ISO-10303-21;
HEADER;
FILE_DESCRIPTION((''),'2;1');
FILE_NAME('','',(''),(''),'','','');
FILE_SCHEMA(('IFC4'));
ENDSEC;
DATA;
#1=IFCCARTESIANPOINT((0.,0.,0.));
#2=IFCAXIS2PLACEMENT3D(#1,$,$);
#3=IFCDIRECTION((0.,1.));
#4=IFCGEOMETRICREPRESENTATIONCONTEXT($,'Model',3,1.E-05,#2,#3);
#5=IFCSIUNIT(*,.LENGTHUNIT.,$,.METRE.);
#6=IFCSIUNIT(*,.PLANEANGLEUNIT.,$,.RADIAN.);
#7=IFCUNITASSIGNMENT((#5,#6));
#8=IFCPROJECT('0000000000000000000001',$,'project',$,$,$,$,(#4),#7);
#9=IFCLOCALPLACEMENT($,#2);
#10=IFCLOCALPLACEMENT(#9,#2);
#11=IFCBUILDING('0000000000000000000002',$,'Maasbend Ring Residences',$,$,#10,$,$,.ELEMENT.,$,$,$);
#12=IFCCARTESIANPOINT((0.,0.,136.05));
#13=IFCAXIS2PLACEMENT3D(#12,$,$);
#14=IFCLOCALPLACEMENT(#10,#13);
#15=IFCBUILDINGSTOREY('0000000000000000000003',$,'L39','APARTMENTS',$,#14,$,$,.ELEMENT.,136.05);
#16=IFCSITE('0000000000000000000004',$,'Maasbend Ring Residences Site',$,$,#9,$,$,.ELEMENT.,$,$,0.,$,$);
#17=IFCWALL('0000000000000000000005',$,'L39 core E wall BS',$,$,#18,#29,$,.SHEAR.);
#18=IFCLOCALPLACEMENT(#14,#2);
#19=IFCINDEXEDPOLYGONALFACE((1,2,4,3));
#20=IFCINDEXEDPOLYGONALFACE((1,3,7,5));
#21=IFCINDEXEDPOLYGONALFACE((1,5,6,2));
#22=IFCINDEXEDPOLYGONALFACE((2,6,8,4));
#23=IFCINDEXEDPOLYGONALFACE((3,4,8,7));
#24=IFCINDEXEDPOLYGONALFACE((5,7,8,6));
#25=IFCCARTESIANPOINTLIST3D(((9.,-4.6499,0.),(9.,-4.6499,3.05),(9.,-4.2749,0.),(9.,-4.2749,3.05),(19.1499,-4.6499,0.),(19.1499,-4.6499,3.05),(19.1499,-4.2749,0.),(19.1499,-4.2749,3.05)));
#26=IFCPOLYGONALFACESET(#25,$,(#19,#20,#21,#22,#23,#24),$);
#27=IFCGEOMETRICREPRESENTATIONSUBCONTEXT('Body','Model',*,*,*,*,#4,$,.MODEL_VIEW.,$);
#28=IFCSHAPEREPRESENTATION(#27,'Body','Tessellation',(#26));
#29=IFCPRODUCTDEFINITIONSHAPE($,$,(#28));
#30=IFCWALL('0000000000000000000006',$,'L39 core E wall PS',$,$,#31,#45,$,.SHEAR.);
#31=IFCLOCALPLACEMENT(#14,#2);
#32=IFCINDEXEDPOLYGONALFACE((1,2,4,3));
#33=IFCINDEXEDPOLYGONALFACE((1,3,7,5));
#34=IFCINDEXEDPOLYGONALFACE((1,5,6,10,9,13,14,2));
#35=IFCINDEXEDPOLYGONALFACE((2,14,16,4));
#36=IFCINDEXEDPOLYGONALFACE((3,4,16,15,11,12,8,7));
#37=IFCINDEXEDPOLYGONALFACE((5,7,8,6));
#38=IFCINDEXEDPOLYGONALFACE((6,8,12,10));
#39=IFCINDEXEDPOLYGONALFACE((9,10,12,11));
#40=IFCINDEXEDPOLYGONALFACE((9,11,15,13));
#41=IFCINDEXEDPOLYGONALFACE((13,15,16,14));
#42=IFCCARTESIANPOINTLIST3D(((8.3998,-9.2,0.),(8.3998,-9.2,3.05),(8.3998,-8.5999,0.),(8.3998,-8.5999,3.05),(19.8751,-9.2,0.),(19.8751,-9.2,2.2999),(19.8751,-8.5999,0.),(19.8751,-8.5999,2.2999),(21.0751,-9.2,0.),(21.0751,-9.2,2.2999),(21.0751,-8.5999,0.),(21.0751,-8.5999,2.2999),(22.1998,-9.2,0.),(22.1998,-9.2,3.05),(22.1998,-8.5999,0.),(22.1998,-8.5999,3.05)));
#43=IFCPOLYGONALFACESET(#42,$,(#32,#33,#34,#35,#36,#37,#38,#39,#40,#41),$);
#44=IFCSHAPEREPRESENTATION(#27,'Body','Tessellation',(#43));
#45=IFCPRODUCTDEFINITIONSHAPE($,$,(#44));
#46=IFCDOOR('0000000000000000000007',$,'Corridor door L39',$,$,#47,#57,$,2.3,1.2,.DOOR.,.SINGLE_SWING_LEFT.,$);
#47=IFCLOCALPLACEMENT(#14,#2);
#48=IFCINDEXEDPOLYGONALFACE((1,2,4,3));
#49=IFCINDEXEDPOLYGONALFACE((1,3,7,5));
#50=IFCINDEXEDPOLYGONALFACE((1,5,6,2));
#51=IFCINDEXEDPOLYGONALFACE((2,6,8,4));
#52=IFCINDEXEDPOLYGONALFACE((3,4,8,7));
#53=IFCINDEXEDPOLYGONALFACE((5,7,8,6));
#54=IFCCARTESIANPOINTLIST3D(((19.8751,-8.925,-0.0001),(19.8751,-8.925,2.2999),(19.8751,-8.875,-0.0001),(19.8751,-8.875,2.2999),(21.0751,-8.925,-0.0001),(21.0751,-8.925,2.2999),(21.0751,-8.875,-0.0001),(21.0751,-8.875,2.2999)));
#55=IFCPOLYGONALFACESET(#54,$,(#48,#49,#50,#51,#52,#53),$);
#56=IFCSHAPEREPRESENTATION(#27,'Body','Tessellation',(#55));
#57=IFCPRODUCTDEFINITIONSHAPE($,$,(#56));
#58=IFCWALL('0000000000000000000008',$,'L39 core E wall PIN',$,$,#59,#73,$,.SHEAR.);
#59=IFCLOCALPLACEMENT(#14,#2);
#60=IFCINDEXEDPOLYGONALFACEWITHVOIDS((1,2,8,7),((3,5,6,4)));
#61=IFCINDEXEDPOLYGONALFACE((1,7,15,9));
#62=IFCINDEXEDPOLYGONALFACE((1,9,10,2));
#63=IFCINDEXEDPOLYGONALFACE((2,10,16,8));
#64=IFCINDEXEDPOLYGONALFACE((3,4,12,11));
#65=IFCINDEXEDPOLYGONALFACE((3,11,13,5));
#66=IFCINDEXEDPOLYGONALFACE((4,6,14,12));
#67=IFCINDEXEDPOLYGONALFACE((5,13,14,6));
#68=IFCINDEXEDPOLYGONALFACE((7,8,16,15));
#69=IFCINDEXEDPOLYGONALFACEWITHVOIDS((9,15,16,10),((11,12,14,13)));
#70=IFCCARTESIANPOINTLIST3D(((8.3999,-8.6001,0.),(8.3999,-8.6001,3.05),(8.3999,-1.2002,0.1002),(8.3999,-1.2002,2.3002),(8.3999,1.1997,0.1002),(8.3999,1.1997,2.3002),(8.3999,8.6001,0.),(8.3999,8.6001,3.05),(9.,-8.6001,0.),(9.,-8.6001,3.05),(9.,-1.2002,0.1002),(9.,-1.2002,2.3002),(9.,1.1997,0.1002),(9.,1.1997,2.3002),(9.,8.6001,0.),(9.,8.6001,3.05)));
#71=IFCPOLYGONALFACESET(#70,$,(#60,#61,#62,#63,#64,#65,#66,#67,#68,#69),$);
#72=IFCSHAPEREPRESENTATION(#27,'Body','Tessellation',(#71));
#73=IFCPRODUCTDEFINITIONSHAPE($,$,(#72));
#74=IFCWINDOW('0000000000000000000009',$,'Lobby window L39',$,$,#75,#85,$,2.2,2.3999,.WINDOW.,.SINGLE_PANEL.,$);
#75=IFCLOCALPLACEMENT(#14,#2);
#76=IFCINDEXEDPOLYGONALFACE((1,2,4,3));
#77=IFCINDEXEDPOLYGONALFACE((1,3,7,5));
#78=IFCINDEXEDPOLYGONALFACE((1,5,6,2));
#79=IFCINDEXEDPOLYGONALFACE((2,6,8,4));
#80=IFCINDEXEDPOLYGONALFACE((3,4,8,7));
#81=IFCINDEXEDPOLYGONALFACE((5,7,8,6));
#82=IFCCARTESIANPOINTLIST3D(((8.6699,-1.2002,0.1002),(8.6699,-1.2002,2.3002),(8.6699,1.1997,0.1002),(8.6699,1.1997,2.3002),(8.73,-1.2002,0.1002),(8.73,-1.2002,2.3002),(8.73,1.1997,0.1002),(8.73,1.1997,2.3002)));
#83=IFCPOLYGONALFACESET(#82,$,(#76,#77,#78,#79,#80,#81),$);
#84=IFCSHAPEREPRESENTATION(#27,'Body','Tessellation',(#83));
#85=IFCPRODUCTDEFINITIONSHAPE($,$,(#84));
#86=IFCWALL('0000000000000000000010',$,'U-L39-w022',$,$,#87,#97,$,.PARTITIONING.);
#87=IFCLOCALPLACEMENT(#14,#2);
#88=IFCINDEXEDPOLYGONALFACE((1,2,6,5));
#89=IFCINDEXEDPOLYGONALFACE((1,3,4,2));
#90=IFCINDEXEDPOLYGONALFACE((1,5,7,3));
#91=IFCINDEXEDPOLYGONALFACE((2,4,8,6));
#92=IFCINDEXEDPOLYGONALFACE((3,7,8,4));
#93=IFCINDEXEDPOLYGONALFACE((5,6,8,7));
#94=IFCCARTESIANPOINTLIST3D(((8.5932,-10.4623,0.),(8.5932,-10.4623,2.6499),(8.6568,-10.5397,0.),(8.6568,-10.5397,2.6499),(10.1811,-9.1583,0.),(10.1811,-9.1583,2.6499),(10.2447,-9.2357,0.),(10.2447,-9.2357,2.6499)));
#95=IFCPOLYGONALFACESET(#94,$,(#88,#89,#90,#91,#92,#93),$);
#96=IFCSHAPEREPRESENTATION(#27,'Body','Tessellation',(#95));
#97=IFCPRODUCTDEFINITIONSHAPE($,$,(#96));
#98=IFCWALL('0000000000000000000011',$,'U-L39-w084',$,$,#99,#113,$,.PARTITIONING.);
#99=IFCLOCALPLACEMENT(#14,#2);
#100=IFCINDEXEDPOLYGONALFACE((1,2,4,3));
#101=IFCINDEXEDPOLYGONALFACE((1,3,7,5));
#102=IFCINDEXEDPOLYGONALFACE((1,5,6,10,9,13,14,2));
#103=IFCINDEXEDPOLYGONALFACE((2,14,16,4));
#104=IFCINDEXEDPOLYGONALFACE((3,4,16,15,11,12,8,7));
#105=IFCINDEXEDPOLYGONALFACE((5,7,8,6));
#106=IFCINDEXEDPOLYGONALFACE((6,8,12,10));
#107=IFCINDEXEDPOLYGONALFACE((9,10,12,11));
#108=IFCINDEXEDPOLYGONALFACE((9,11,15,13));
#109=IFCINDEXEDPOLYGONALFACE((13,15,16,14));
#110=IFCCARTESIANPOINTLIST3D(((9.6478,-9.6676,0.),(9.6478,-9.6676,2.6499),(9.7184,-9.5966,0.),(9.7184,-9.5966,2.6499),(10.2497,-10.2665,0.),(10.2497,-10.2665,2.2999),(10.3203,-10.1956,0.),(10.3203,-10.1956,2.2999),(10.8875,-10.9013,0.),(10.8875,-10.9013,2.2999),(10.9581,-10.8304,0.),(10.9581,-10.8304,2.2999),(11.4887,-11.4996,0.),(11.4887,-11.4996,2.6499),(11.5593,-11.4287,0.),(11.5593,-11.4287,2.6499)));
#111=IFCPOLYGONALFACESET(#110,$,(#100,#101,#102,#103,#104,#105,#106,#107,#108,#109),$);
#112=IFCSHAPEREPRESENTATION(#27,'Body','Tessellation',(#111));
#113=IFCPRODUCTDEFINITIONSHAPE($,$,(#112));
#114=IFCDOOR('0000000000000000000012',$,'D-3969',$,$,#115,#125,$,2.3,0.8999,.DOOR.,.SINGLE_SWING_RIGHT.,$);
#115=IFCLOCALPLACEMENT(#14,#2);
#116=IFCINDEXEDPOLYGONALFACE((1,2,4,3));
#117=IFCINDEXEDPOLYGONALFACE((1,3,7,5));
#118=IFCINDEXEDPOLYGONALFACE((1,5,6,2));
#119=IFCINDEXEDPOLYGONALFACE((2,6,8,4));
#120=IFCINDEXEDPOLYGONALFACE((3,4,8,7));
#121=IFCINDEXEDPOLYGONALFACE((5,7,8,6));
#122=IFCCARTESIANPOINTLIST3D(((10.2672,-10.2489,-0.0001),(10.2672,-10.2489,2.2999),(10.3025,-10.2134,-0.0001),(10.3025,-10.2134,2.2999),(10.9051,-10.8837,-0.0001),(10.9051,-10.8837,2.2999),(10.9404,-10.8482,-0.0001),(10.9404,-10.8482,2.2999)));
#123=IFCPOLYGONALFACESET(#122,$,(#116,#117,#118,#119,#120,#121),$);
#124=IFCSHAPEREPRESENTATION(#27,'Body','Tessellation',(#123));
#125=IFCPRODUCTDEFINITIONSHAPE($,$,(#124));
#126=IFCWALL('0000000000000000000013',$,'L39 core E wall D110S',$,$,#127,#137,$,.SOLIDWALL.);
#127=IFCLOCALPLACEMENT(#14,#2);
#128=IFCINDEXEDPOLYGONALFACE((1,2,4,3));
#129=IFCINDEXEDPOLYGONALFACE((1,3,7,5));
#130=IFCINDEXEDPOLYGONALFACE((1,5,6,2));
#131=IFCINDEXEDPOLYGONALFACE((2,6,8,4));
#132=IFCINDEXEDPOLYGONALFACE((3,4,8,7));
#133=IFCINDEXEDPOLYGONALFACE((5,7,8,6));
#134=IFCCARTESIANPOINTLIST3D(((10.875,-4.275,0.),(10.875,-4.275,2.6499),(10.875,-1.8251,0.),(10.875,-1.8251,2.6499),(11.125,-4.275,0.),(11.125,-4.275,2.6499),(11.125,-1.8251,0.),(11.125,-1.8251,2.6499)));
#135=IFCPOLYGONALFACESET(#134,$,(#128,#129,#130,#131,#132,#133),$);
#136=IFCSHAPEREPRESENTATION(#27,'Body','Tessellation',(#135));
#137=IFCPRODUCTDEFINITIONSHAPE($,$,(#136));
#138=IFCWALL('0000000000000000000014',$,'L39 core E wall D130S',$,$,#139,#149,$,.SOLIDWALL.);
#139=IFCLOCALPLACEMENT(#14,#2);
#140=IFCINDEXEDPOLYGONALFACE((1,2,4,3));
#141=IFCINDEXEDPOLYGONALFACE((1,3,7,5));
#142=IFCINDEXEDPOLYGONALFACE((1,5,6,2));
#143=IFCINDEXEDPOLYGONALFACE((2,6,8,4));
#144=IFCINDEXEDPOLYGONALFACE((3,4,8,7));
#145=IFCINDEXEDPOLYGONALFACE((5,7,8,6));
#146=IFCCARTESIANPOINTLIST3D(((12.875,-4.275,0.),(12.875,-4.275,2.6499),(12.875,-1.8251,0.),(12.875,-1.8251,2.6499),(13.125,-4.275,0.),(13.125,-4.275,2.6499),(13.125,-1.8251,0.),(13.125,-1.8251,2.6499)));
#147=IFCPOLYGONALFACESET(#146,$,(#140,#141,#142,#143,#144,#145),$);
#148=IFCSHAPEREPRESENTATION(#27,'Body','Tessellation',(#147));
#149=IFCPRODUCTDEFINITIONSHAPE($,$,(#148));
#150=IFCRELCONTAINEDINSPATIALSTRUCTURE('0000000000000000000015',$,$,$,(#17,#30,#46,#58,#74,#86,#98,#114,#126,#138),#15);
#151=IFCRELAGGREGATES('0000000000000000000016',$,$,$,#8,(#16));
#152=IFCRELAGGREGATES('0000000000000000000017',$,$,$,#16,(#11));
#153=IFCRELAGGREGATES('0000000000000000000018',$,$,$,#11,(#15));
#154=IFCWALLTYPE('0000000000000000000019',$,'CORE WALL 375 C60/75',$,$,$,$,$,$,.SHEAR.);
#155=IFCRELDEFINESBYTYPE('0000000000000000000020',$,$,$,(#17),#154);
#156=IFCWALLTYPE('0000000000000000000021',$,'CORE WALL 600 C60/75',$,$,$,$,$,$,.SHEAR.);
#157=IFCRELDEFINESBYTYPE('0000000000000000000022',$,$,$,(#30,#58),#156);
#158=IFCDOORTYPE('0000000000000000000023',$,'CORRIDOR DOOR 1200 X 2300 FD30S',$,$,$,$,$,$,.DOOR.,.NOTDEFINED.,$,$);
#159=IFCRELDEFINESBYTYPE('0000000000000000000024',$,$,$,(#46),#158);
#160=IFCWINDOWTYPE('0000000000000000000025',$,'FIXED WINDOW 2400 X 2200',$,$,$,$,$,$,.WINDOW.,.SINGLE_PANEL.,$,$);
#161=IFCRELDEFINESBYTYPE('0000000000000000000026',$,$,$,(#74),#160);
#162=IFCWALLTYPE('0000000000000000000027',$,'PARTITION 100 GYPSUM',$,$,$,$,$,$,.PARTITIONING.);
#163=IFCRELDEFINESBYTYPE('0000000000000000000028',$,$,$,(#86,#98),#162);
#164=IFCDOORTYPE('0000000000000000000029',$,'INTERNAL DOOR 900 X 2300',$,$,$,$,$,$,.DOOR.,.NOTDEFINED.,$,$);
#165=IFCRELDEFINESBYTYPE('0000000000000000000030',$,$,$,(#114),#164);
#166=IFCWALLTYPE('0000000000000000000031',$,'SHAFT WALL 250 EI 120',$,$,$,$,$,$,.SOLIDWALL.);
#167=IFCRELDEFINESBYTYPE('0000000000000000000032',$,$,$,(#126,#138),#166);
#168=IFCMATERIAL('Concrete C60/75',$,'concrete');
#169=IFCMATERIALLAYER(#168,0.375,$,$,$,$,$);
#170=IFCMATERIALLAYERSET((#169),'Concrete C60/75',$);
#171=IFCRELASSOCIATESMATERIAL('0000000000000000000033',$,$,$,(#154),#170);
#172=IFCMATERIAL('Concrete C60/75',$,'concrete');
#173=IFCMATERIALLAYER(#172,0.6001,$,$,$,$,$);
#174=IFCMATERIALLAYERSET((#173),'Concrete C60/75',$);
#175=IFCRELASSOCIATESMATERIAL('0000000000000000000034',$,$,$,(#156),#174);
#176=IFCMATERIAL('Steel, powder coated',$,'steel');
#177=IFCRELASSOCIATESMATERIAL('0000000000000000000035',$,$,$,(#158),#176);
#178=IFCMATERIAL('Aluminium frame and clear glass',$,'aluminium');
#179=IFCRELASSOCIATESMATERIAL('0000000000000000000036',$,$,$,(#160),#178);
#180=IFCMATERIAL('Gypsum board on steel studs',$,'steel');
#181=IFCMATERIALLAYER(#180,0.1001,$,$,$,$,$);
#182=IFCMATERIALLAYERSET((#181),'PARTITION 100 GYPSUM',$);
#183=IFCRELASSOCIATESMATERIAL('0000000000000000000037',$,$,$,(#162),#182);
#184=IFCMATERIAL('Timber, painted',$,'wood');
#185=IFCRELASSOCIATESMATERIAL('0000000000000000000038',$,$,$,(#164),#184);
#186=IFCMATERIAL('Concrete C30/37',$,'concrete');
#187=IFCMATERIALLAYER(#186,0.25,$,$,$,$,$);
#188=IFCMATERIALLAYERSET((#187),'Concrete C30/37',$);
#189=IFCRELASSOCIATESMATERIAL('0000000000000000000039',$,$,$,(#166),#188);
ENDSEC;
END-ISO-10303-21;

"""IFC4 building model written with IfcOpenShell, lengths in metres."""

from ifc_helpers import new_model, si_unit, direction, frame, frame_2d, origin, place, context, subcontext, project, spatial, rectangle, extrude, material, layer, layer_set, type_object, element, fill, save


model = new_model("IFC4")

# Units and contexts
model_context = context("Model", 3, precision=1e-05, world=origin(), true_north=direction((0.0, 1.0)))
body_context = subcontext(model_context, "Body", "Model", "MODEL_VIEW")
ifc_project = project(units=[si_unit("LENGTHUNIT", "METRE"), si_unit("PLANEANGLEUNIT", "RADIAN")], contexts=[model_context])

# Site, building, storey
site_placement = place(None, origin())
site = spatial("IfcSite", under=ifc_project, at=site_placement, Name="Maasbend Ring Residences Site", CompositionType="ELEMENT", RefElevation=0.0)
building_placement = place(site_placement, origin())
building = spatial("IfcBuilding", under=site, at=building_placement, Name="Maasbend Ring Residences", CompositionType="ELEMENT")
storey_placement = place(building_placement, frame((0.0, 0.0, 136.05)))
storey = spatial("IfcBuildingStorey", under=building, at=storey_placement, Name="L39", Description="APARTMENTS", CompositionType="ELEMENT", Elevation=136.05)

# Wall
ifc_material_1 = material(Name="Concrete C60/75", Category="concrete")
ifc_layer_1 = layer(ifc_material_1, 0.375)
ifc_layer_set_1 = layer_set([ifc_layer_1], Name="Concrete C60/75")
wall_type_1 = type_object("IfcWallType", Name="CORE WALL 375 C60/75", PredefinedType="SHEAR", material=ifc_layer_set_1)
wall_1_placement = place(storey_placement, frame((9.0, -4.4624, 0.0), z_axis=(0.0, 0.0, 1.0), x_axis=(1.0, 0.0, 0.0)))
element("IfcWall", 1, at=wall_1_placement, inside=storey, type_object=wall_type_1, Name="L39 core E wall BS", PredefinedType="SHEAR", context=body_context, shape_type="SweptSolid", body=[
    extrude(rectangle(XDim=10.1499, YDim=0.375, at=frame_2d((5.075, 0.0))), origin(), (0.0, 0.0, 1.0), 3.05),
])

# Wall, opening, door
ifc_material_2 = material(Name="Concrete C60/75", Category="concrete")
ifc_layer_2 = layer(ifc_material_2, 0.6001)
ifc_layer_set_2 = layer_set([ifc_layer_2], Name="Concrete C60/75")
wall_type_2 = type_object("IfcWallType", Name="CORE WALL 600 C60/75", PredefinedType="SHEAR", material=ifc_layer_set_2)
wall_2_placement = place(storey_placement, frame((8.3999, -8.8999, 0.0), z_axis=(0.0, 0.0, 1.0), x_axis=(1.0, 0.0, 0.0)))
wall_2 = element("IfcWall", 2, at=wall_2_placement, inside=storey, type_object=wall_type_2, Name="L39 core E wall PS", PredefinedType="SHEAR", context=body_context, shape_type="SweptSolid", body=[
    extrude(rectangle(XDim=13.8, YDim=0.6001, at=frame_2d((6.8999, 0.0))), origin(), (0.0, 0.0, 1.0), 3.05),
])
opening_1_placement = place(wall_2_placement, frame((11.4751, 0.0, 0.0)))
opening_1 = element("IfcOpeningElement", 3, at=opening_1_placement, cuts=wall_2, PredefinedType="OPENING", context=body_context, shape_type="SweptSolid", body=[
    extrude(rectangle(XDim=1.2, YDim=2.3, at=frame_2d((0.6001, 1.1499))), frame((0.0, 0.3101, 0.0), z_axis=(0.0, -1.0, 0.0), x_axis=(1.0, 0.0, 0.0)), (0.0, 0.0, 1.0), 0.6201),
])
ifc_material_3 = material(Name="Steel, powder coated", Category="steel")
door_type_1 = type_object("IfcDoorType", Name="CORRIDOR DOOR 1200 X 2300 FD30S", OperationType="NOTDEFINED", PredefinedType="DOOR", material=ifc_material_3)
door_1_placement = place(opening_1_placement, origin())
door_1 = element("IfcDoor", 4, at=door_1_placement, inside=storey, type_object=door_type_1, Name="Corridor door L39", OperationType="SINGLE_SWING_LEFT", OverallHeight=2.3, OverallWidth=1.2, PredefinedType="DOOR", context=body_context, shape_type="SweptSolid", body=[
    extrude(rectangle(XDim=1.2, YDim=2.3, at=frame_2d((0.6001, 1.1499))), frame((0.0, 0.0249, 0.0), z_axis=(0.0, -1.0, 0.0), x_axis=(1.0, 0.0, 0.0)), (0.0, 0.0, 1.0), 0.05),
])
fill(opening_1, door_1)

# Wall, opening, window
wall_3_placement = place(storey_placement, frame((8.7, -8.6001, 0.0), z_axis=(0.0, 0.0, 1.0), x_axis=(0.0, 1.0, 0.0)))
wall_3 = element("IfcWall", 5, at=wall_3_placement, inside=storey, type_object=wall_type_2, Name="L39 core E wall PIN", PredefinedType="SHEAR", context=body_context, shape_type="SweptSolid", body=[
    extrude(rectangle(XDim=17.2002, YDim=0.6001, at=frame_2d((8.6001, 0.0))), origin(), (0.0, 0.0, 1.0), 3.05),
])
opening_2_placement = place(wall_3_placement, frame((7.3999, 0.0, 0.1001)))
opening_2 = element("IfcOpeningElement", 6, at=opening_2_placement, cuts=wall_3, PredefinedType="OPENING", context=body_context, shape_type="SweptSolid", body=[
    extrude(rectangle(XDim=2.3999, YDim=2.2, at=frame_2d((1.2, 1.1001))), frame((0.0, 0.3101, 0.0), z_axis=(0.0, -1.0, 0.0), x_axis=(1.0, 0.0, 0.0)), (0.0, 0.0, 1.0), 0.6201),
])
ifc_material_4 = material(Name="Aluminium frame and clear glass", Category="aluminium")
window_type = type_object("IfcWindowType", Name="FIXED WINDOW 2400 X 2200", PartitioningType="SINGLE_PANEL", PredefinedType="WINDOW", material=ifc_material_4)
window_placement = place(opening_2_placement, origin())
window = element("IfcWindow", 7, at=window_placement, inside=storey, type_object=window_type, Name="Lobby window L39", OverallHeight=2.2, OverallWidth=2.3999, PartitioningType="SINGLE_PANEL", PredefinedType="WINDOW", context=body_context, shape_type="SweptSolid", body=[
    extrude(rectangle(XDim=2.3999, YDim=2.2, at=frame_2d((1.2, 1.1001))), frame((0.0, 0.03, 0.0), z_axis=(0.0, -1.0, 0.0), x_axis=(1.0, 0.0, 0.0)), (0.0, 0.0, 1.0), 0.0601),
])
fill(opening_2, window)

# Wall
ifc_material_5 = material(Name="Gypsum board on steel studs", Category="steel")
ifc_layer_3 = layer(ifc_material_5, 0.1001)
ifc_layer_set_3 = layer_set([ifc_layer_3], Name="PARTITION 100 GYPSUM")
wall_type_3 = type_object("IfcWallType", Name="PARTITION 100 GYPSUM", PredefinedType="PARTITIONING", material=ifc_layer_set_3)
wall_4_placement = place(storey_placement, frame((8.625, -10.501, 0.0), z_axis=(0.0, 0.0, 1.0), x_axis=(0.772818, 0.634628, 0.0)))
element("IfcWall", 8, at=wall_4_placement, inside=storey, type_object=wall_type_3, Name="U-L39-w022", PredefinedType="PARTITIONING", context=body_context, shape_type="SweptSolid", body=[
    extrude(rectangle(XDim=2.0547, YDim=0.1001, at=frame_2d((1.0273, 0.0))), origin(), (0.0, 0.0, 1.0), 2.6499),
])

# Wall, opening, door
wall_5_placement = place(storey_placement, frame((9.6831, -9.6321, 0.0), z_axis=(0.0, 0.0, 1.0), x_axis=(0.708797, -0.705413, 0.0)))
wall_5 = element("IfcWall", 9, at=wall_5_placement, inside=storey, type_object=wall_type_3, Name="U-L39-w084", PredefinedType="PARTITIONING", context=body_context, shape_type="SweptSolid", body=[
    extrude(rectangle(XDim=2.5972, YDim=0.1001, at=frame_2d((1.2986, 0.0))), origin(), (0.0, 0.0, 1.0), 2.6499),
])
opening_3_placement = place(wall_5_placement, frame((0.8491, 0.0, 0.0)))
opening_3 = element("IfcOpeningElement", 10, at=opening_3_placement, cuts=wall_5, PredefinedType="OPENING", context=body_context, shape_type="SweptSolid", body=[
    extrude(rectangle(XDim=0.8999, YDim=2.3, at=frame_2d((0.45, 1.1499))), frame((0.0, 0.0601, 0.0), z_axis=(0.0, -1.0, 0.0), x_axis=(1.0, 0.0, 0.0)), (0.0, 0.0, 1.0), 0.1201),
])
ifc_material_6 = material(Name="Timber, painted", Category="wood")
door_type_2 = type_object("IfcDoorType", Name="INTERNAL DOOR 900 X 2300", OperationType="NOTDEFINED", PredefinedType="DOOR", material=ifc_material_6)
door_2_placement = place(opening_3_placement, origin())
door_2 = element("IfcDoor", 11, at=door_2_placement, inside=storey, type_object=door_type_2, Name="D-3969", OperationType="SINGLE_SWING_RIGHT", OverallHeight=2.3, OverallWidth=0.8999, PredefinedType="DOOR", context=body_context, shape_type="SweptSolid", body=[
    extrude(rectangle(XDim=0.8999, YDim=2.3, at=frame_2d((0.45, 1.1499))), frame((0.0, 0.0249, 0.0), z_axis=(0.0, -1.0, 0.0), x_axis=(1.0, 0.0, 0.0)), (0.0, 0.0, 1.0), 0.05),
])
fill(opening_3, door_2)

# Walls
ifc_material_7 = material(Name="Concrete C30/37", Category="concrete")
ifc_layer_4 = layer(ifc_material_7, 0.25)
ifc_layer_set_4 = layer_set([ifc_layer_4], Name="Concrete C30/37")
wall_type_4 = type_object("IfcWallType", Name="SHAFT WALL 250 EI 120", PredefinedType="SOLIDWALL", material=ifc_layer_set_4)
for number, where, z_axis, x_axis, name in (
    (12, (11.0, -1.825, 0.0), (0.0, 0.0, 1.0), (0.0, -1.0, 0.0), "L39 core E wall D110S"),
    (13, (13.0, -1.825, 0.0), (0.0, 0.0, 1.0), (0.0, -1.0, 0.0), "L39 core E wall D130S"),
):
    element("IfcWall", number, at=place(storey_placement, frame(where, z_axis=z_axis, x_axis=x_axis)), inside=storey, type_object=wall_type_4, Name=name, PredefinedType="SOLIDWALL", context=body_context, shape_type="SweptSolid", body=[
        extrude(rectangle(XDim=2.45, YDim=0.25, at=frame_2d((1.2251, 0.0))), origin(), (0.0, 0.0, 1.0), 2.6499),
    ])

save(model, "model.ifc")
